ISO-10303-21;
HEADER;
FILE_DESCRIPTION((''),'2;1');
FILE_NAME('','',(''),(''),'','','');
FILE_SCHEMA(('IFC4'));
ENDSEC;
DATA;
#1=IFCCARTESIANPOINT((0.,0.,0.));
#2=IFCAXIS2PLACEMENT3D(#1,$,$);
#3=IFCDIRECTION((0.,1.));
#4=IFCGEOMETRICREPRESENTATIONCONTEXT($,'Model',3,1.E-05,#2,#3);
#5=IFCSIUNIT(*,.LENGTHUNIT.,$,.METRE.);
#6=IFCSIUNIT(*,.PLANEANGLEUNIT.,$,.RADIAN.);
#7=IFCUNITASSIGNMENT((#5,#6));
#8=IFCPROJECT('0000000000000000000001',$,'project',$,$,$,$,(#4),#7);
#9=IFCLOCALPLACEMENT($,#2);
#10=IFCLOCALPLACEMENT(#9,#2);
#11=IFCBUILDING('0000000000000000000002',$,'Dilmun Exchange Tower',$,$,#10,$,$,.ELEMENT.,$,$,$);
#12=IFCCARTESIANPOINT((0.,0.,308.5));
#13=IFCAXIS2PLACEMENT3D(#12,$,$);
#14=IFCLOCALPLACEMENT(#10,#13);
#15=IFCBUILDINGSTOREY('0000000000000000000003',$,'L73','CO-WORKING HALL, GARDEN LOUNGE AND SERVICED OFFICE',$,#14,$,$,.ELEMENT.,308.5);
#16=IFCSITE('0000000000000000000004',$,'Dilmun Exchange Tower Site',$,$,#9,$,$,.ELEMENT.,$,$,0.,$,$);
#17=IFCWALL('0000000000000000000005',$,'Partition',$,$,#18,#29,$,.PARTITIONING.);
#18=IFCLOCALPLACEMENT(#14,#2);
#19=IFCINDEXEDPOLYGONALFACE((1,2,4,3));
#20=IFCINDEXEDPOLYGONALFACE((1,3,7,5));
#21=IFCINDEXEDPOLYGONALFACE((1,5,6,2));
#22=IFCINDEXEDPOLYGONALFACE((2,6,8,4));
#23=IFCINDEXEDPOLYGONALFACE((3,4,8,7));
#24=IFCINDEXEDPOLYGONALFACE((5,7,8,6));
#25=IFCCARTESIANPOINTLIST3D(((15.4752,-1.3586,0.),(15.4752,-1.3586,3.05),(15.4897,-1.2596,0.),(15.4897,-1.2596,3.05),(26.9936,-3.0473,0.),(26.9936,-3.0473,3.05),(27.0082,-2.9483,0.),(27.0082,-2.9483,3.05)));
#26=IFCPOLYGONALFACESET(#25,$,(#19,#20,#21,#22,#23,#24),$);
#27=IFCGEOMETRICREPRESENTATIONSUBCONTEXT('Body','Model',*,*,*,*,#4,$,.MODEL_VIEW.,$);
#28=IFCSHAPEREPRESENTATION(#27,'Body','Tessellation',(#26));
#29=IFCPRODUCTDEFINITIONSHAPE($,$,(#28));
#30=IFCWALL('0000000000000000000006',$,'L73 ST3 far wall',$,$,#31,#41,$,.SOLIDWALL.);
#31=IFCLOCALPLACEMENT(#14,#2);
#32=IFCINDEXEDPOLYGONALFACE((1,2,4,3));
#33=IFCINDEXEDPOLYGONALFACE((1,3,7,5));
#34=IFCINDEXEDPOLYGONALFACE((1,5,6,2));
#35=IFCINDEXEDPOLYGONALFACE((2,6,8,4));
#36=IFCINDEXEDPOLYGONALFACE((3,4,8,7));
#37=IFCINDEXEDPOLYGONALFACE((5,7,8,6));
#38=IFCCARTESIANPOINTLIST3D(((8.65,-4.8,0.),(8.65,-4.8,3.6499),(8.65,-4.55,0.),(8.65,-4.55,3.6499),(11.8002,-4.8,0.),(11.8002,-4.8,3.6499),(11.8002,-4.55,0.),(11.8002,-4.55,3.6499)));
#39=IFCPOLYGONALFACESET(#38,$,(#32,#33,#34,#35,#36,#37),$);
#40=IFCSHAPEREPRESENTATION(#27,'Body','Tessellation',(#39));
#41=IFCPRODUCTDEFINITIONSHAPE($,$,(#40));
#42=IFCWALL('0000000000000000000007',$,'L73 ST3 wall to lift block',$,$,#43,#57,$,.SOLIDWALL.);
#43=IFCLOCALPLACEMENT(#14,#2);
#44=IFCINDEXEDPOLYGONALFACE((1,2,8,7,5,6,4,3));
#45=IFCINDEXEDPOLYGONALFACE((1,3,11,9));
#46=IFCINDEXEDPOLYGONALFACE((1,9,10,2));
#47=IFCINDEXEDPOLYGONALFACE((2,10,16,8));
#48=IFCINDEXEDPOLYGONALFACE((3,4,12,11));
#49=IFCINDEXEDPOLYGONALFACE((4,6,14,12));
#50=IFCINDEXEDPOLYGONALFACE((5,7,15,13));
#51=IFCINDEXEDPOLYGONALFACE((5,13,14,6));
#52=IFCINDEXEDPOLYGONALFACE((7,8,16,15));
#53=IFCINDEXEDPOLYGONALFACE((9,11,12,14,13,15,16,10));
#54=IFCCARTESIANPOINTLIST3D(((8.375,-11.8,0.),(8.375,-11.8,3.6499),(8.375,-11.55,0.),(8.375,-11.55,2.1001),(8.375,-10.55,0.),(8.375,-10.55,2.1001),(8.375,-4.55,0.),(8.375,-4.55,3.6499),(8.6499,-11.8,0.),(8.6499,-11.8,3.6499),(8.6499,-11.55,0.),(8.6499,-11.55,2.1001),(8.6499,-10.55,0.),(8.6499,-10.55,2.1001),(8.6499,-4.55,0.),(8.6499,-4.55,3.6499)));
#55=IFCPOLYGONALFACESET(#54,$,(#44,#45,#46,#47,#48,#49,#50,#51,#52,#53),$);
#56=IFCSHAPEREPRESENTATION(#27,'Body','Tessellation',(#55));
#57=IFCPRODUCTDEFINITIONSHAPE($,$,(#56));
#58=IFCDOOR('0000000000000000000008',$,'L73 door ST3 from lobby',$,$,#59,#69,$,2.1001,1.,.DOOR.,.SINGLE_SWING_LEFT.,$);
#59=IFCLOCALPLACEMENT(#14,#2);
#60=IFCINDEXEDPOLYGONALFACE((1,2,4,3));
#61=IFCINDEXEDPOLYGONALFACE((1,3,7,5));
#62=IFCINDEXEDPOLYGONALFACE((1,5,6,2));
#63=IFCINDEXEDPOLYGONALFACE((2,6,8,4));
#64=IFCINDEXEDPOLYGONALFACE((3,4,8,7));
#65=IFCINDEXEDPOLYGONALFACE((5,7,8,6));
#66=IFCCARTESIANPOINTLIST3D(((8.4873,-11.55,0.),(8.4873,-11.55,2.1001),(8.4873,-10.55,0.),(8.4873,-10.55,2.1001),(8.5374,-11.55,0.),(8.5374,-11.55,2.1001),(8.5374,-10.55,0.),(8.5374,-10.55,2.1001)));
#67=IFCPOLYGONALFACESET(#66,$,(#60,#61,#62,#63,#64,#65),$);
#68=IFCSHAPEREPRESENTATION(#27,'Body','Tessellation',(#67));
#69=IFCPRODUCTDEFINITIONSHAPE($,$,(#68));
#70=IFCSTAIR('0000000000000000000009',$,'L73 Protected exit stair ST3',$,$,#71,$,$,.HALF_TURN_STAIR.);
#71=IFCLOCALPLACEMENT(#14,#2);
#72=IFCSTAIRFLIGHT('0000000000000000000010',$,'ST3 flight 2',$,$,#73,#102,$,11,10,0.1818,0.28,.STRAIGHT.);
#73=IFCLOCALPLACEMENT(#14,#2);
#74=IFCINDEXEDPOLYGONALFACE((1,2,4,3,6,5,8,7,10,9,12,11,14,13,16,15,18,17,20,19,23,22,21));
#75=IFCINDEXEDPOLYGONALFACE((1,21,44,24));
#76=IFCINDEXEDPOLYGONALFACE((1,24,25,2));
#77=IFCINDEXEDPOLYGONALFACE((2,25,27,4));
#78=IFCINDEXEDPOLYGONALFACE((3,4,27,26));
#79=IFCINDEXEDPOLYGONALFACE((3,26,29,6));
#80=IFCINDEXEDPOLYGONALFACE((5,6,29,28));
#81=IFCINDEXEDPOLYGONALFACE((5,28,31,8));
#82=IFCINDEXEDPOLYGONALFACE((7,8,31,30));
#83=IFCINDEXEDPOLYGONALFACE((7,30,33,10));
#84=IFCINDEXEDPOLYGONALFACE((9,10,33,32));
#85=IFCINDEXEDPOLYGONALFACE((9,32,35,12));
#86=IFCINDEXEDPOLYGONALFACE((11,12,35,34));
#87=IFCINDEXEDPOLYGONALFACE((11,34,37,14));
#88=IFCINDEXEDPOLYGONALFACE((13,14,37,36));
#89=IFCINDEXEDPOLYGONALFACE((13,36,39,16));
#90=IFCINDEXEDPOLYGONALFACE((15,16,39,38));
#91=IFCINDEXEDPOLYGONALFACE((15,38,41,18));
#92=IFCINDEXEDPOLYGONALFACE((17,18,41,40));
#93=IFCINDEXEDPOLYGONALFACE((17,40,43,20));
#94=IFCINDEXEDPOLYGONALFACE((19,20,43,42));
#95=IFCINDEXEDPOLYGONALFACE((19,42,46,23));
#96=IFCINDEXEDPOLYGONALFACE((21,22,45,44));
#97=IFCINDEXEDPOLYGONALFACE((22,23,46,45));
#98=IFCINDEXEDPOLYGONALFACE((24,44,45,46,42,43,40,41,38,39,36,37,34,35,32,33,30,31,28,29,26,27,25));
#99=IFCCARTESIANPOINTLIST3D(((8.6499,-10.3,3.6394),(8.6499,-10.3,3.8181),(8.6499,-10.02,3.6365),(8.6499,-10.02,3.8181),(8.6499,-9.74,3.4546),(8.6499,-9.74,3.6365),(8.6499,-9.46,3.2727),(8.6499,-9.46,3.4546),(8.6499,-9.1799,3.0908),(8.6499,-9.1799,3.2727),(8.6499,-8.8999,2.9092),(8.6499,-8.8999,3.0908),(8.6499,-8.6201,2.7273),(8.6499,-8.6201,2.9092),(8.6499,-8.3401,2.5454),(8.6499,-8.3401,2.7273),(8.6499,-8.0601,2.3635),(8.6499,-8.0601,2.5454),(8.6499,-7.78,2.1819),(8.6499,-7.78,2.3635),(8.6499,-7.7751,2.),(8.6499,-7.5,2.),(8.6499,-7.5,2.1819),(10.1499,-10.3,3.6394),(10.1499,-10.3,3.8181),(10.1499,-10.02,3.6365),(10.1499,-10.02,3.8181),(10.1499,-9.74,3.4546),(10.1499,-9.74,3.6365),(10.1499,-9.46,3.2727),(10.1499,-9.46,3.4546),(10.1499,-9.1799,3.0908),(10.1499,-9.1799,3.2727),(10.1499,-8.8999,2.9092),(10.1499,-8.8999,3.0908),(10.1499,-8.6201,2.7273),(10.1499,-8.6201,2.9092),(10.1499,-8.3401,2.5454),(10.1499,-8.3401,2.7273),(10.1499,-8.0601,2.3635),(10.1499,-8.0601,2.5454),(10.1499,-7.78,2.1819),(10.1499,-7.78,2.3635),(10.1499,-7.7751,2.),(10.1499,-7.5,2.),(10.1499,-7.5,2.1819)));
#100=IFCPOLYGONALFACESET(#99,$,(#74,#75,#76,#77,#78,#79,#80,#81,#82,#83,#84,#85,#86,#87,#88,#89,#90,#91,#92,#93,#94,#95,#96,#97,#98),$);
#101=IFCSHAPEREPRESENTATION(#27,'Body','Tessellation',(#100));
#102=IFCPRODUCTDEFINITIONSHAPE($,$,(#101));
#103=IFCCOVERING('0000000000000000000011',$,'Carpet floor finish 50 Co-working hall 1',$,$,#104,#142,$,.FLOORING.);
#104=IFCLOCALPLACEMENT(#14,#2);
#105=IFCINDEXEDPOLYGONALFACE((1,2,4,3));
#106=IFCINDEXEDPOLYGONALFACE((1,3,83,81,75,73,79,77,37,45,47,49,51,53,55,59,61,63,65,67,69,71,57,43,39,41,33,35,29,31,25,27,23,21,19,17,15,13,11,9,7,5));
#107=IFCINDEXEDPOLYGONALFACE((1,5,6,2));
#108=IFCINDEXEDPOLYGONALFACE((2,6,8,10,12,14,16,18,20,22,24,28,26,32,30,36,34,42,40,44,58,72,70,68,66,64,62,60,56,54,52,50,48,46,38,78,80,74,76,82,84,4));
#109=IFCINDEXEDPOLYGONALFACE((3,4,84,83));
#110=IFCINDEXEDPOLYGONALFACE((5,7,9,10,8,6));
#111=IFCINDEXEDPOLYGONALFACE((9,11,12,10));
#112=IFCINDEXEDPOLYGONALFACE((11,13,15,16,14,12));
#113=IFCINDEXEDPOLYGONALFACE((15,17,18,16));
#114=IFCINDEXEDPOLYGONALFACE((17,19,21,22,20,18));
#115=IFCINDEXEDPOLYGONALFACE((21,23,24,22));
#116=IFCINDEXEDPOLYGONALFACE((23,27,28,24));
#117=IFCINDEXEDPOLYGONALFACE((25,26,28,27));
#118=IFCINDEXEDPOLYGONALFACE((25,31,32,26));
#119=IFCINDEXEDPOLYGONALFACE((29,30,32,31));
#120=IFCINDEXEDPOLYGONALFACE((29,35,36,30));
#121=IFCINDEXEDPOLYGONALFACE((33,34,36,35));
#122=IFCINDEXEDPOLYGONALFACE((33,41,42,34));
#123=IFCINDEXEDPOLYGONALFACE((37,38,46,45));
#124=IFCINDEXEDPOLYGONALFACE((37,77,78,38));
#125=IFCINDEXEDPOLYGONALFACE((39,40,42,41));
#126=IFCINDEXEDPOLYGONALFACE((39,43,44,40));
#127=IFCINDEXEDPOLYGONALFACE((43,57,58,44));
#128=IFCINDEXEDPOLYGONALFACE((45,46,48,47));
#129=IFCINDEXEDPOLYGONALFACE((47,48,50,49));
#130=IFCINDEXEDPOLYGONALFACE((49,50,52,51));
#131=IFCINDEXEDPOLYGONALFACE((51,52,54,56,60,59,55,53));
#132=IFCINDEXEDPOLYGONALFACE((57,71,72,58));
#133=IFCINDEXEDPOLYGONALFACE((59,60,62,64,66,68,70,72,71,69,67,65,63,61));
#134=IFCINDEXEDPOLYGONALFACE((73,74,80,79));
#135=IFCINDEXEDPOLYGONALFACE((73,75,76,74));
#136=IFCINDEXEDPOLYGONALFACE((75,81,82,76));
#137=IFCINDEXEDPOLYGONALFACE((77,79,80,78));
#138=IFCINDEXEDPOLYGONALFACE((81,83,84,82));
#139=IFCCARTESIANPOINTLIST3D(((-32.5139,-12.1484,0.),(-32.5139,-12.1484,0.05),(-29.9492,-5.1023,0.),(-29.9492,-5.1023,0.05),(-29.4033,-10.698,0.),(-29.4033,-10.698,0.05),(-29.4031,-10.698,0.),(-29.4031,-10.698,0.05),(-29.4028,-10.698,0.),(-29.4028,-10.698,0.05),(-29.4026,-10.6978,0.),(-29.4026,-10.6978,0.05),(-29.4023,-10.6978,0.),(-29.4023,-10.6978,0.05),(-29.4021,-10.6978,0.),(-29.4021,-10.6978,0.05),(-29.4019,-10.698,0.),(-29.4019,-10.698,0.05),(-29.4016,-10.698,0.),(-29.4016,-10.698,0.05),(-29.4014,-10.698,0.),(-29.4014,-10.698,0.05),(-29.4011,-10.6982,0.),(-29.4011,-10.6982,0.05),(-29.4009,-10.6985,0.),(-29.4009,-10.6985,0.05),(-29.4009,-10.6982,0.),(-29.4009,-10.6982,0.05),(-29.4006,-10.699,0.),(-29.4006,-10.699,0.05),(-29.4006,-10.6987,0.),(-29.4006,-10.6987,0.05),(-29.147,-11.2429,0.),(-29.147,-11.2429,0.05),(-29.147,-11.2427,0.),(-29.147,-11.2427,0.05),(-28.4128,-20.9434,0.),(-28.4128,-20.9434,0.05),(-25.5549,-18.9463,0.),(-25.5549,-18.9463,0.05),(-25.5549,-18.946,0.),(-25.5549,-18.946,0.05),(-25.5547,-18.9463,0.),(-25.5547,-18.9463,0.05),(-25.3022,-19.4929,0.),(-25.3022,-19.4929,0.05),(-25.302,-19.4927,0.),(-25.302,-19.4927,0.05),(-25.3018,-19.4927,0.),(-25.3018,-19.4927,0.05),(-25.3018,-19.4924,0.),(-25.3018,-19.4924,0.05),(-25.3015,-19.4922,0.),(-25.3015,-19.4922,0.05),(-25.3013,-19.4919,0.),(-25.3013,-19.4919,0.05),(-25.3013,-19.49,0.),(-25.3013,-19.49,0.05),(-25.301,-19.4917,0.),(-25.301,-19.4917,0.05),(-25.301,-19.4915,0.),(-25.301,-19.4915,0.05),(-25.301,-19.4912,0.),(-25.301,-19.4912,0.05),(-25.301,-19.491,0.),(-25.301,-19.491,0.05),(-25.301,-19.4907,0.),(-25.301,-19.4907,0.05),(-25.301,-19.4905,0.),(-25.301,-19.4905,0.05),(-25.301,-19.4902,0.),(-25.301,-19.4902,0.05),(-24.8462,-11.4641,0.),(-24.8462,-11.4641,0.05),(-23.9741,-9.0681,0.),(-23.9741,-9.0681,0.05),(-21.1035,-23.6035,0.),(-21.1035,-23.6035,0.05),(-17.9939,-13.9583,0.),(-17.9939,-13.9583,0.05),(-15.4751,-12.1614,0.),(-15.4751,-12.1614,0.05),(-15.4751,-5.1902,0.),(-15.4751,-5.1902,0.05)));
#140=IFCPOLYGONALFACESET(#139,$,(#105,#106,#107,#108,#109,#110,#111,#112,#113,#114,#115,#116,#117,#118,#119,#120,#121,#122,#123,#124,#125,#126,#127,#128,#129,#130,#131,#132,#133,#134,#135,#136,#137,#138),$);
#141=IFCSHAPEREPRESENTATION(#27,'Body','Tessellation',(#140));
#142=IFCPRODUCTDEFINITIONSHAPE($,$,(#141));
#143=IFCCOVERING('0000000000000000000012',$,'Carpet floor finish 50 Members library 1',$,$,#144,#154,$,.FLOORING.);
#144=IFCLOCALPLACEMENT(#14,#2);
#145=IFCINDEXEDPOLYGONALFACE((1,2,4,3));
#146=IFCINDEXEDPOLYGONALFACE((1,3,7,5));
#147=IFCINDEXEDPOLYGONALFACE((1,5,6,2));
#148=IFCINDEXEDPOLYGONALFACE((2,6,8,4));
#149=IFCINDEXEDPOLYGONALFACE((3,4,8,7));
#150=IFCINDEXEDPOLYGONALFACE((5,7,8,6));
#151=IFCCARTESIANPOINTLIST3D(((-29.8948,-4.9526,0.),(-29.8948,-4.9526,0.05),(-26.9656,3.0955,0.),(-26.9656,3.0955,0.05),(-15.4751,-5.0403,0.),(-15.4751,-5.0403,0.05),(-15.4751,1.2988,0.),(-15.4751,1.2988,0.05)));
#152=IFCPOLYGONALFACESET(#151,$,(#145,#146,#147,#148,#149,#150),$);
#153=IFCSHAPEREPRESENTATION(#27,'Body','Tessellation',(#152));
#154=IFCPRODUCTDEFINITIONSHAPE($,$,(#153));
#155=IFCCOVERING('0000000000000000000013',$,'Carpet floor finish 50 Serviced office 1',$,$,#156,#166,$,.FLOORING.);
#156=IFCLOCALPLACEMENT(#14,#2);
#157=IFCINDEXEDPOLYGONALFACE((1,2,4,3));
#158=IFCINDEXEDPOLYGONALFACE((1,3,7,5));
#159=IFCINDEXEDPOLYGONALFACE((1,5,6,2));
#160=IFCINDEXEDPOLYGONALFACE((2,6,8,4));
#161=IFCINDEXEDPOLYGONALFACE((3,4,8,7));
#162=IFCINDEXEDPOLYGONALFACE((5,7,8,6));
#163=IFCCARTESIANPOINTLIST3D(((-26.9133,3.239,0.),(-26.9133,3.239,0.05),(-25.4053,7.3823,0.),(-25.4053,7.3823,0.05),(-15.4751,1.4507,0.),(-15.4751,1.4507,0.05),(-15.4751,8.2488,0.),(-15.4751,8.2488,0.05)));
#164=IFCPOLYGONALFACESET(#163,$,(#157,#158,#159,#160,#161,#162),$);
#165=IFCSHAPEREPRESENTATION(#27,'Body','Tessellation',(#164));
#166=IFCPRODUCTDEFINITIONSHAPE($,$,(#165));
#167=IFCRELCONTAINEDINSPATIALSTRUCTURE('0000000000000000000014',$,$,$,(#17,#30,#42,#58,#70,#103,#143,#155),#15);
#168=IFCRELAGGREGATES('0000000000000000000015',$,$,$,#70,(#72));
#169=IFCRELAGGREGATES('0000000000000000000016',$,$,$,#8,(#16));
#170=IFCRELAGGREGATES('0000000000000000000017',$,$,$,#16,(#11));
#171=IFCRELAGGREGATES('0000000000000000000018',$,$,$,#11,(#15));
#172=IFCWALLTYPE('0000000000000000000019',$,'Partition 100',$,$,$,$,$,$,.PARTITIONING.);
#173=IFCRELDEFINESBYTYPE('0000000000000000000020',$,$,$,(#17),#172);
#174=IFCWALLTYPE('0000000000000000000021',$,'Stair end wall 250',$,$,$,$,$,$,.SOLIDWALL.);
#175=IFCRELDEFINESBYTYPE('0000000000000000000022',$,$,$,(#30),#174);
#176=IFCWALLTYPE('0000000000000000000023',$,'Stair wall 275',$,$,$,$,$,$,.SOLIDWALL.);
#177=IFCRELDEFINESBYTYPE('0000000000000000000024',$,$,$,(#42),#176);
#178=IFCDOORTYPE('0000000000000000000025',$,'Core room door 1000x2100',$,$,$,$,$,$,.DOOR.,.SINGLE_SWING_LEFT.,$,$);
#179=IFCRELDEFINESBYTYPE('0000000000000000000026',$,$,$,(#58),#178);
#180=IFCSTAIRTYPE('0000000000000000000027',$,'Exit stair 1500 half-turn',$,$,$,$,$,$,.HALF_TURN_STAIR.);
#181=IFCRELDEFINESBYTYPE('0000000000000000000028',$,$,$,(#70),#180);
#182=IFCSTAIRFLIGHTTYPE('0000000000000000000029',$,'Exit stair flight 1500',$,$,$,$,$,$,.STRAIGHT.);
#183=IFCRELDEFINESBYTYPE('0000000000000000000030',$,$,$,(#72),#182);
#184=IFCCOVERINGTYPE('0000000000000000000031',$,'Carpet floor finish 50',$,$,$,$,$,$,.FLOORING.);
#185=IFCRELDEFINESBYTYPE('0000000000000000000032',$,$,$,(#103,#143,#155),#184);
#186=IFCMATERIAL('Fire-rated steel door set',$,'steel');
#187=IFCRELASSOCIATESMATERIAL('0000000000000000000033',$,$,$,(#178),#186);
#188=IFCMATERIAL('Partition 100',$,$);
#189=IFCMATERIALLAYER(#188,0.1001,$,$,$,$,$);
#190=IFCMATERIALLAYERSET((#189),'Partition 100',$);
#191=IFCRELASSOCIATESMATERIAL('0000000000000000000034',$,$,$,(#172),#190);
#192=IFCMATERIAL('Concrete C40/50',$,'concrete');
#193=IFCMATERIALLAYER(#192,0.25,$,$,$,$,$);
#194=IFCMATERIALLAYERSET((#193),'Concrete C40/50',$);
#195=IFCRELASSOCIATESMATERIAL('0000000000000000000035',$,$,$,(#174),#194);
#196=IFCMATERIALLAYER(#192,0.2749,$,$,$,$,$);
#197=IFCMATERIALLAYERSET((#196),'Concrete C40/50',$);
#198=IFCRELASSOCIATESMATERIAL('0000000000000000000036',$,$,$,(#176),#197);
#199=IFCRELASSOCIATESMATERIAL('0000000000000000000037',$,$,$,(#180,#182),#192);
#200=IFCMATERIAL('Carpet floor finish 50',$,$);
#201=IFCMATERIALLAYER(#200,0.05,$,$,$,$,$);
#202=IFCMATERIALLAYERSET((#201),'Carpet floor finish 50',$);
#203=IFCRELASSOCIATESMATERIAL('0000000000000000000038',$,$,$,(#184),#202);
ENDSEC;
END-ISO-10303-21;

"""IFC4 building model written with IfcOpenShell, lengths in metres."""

from ifc_helpers import new_model, si_unit, direction, frame, frame_2d, origin, place, context, subcontext, project, spatial, polyline, rectangle, outline, extrude, material, layer, layer_set, type_object, element, fill, aggregate, save


model = new_model("IFC4")

# Units and contexts
model_context = context("Model", 3, precision=1e-05, world=origin(), true_north=direction((0.0, 1.0)))
body_context = subcontext(model_context, "Body", "Model", "MODEL_VIEW")
ifc_project = project(units=[si_unit("LENGTHUNIT", "METRE"), si_unit("PLANEANGLEUNIT", "RADIAN")], contexts=[model_context])

# Site, building, storey
site_placement = place(None, origin())
site = spatial("IfcSite", under=ifc_project, at=site_placement, Name="Dilmun Exchange Tower Site", CompositionType="ELEMENT", RefElevation=0.0)
building_placement = place(site_placement, origin())
building = spatial("IfcBuilding", under=site, at=building_placement, Name="Dilmun Exchange Tower", CompositionType="ELEMENT")
storey_placement = place(building_placement, frame((0.0, 0.0, 308.5)))
storey = spatial("IfcBuildingStorey", under=building, at=storey_placement, Name="L73", Description="CO-WORKING HALL, GARDEN LOUNGE AND SERVICED OFFICE", CompositionType="ELEMENT", Elevation=308.5)

# Shared definitions
ifc_material_1 = material(Name="Concrete C40/50", Category="concrete")

# Shared definitions
ifc_material_2 = material(Name="Fire-rated steel door set", Category="steel")

# Shared definitions
door_type_1 = type_object("IfcDoorType", Name="Core room door 1000x2100", OperationType="SINGLE_SWING_LEFT", PredefinedType="DOOR", material=ifc_material_2)

# Walls
ifc_material_3 = material(Name="Partition 100")
ifc_layer_1 = layer(ifc_material_3, 0.1001)
ifc_layer_set_1 = layer_set([ifc_layer_1], Name="Partition 100")
wall_type_1 = type_object("IfcWallType", Name="Partition 100", PredefinedType="PARTITIONING", material=ifc_layer_set_1)
wall_1_placement = place(storey_placement, frame((15.4824, -1.3091, 0.0), z_axis=(0.0, 0.0, 1.0), x_axis=(0.989423, -0.145058, 0.0)))
element("IfcWall", 1, at=wall_1_placement, inside=storey, type_object=wall_type_1, Name="Partition", PredefinedType="PARTITIONING", context=body_context, shape_type="SweptSolid", body=[
    extrude(rectangle(XDim=11.6416, YDim=0.1001, at=frame_2d((5.8208, 0.0))), origin(), (0.0, 0.0, 1.0), 3.05),
])
ifc_layer_2 = layer(ifc_material_1, 0.25)
ifc_layer_set_2 = layer_set([ifc_layer_2], Name="Concrete C40/50")
wall_type_2 = type_object("IfcWallType", Name="Stair end wall 250", PredefinedType="SOLIDWALL", material=ifc_layer_set_2)
wall_2_placement = place(storey_placement, frame((8.6499, -4.675, 0.0), z_axis=(0.0, 0.0, 1.0), x_axis=(1.0, 0.0, 0.0)))
element("IfcWall", 2, at=wall_2_placement, inside=storey, type_object=wall_type_2, Name="L73 ST3 far wall", PredefinedType="SOLIDWALL", context=body_context, shape_type="SweptSolid", body=[
    extrude(rectangle(XDim=3.1501, YDim=0.25, at=frame_2d((1.5752, 0.0))), origin(), (0.0, 0.0, 1.0), 3.6499),
])

# Wall, opening, door
ifc_layer_3 = layer(ifc_material_1, 0.2749)
ifc_layer_set_3 = layer_set([ifc_layer_3], Name="Concrete C40/50")
wall_type_3 = type_object("IfcWallType", Name="Stair wall 275", PredefinedType="SOLIDWALL", material=ifc_layer_set_3)
wall_3_placement = place(storey_placement, frame((8.5125, -4.55, 0.0), z_axis=(0.0, 0.0, 1.0), x_axis=(0.0, -1.0, 0.0)))
wall_3 = element("IfcWall", 3, at=wall_3_placement, inside=storey, type_object=wall_type_3, Name="L73 ST3 wall to lift block", PredefinedType="SOLIDWALL", context=body_context, shape_type="SweptSolid", body=[
    extrude(rectangle(XDim=7.25, YDim=0.2749, at=frame_2d((3.625, 0.0))), origin(), (0.0, 0.0, 1.0), 3.6499),
])
opening_1_placement = place(wall_3_placement, frame((6.0, 0.0, 0.0)))
opening_1 = element("IfcOpeningElement", 4, at=opening_1_placement, cuts=wall_3, PredefinedType="OPENING", context=body_context, shape_type="SweptSolid", body=[
    extrude(rectangle(XDim=1.0, YDim=2.1001, at=frame_2d((0.5, 1.05))), frame((0.0, 0.1475, 0.0), z_axis=(0.0, -1.0, 0.0), x_axis=(1.0, 0.0, 0.0)), (0.0, 0.0, 1.0), 0.2949),
])
door_1_placement = place(opening_1_placement, origin())
door_1 = element("IfcDoor", 5, at=door_1_placement, inside=storey, type_object=door_type_1, Name="L73 door ST3 from lobby", OperationType="SINGLE_SWING_LEFT", OverallHeight=2.1001, OverallWidth=1.0, PredefinedType="DOOR", context=body_context, shape_type="SweptSolid", body=[
    extrude(rectangle(XDim=1.0, YDim=2.1001, at=frame_2d((0.5, 1.05))), frame((0.0, 0.0249, 0.0), z_axis=(0.0, -1.0, 0.0), x_axis=(1.0, 0.0, 0.0)), (0.0, 0.0, 1.0), 0.05),
])
fill(opening_1, door_1)

# Stair, stair flight
stair_type = type_object("IfcStairType", Name="Exit stair 1500 half-turn", PredefinedType="HALF_TURN_STAIR", material=ifc_material_1)
stair_placement = place(storey_placement, origin())
stair = element("IfcStair", 6, at=stair_placement, inside=storey, type_object=stair_type, Name="L73 Protected exit stair ST3", PredefinedType="HALF_TURN_STAIR")
stair_flight_type = type_object("IfcStairFlightType", Name="Exit stair flight 1500", PredefinedType="STRAIGHT", material=ifc_material_1)
stair_flight_placement = place(storey_placement, frame((9.3999, -7.5, 2.0), z_axis=(0.0, 0.0, 1.0), x_axis=(0.0, -1.0, 0.0)))
stair_flight = element("IfcStairFlight", 7, at=stair_flight_placement, type_object=stair_flight_type, Name="ST3 flight 2", NumberOfRisers=11, NumberOfTreads=10, PredefinedType="STRAIGHT", RiserHeight=0.1818, TreadLength=0.28, context=body_context, shape_type="SweptSolid", body=[
    extrude(outline(polyline([(0.0, 0.0), (0.0, 0.1819), (0.28, 0.1819), (0.28, 0.3635), (0.5601, 0.3635), (0.5601, 0.5454), (0.8401, 0.5454), (0.8401, 0.7273), (1.1201, 0.7273), (1.1201, 0.9092), (1.3999, 0.9092), (1.3999, 1.0908), (1.6799, 1.0908), (1.6799, 1.2727), (1.96, 1.2727), (1.96, 1.4546), (2.24, 1.4546), (2.24, 1.6365), (2.52, 1.6365), (2.52, 1.8181), (2.8, 1.8181), (2.8, 2.0), (2.8, 1.6394), (0.2751, 0.0), (0.0, 0.0)])), frame((0.0, 0.75, 0.0), z_axis=(0.0, -1.0, 0.0), x_axis=(1.0, 0.0, 0.0)), (0.0, 0.0, 1.0), 1.5),
])
aggregate(stair, [stair_flight])

# Coverings
ifc_material_4 = material(Name="Carpet floor finish 50")
ifc_layer_4 = layer(ifc_material_4, 0.05)
ifc_layer_set_4 = layer_set([ifc_layer_4], Name="Carpet floor finish 50")
covering_type_1 = type_object("IfcCoveringType", Name="Carpet floor finish 50", PredefinedType="FLOORING", material=ifc_layer_set_4)
covering_1_placement = place(storey_placement, origin())
element("IfcCovering", 8, at=covering_1_placement, inside=storey, type_object=covering_type_1, Name="Carpet floor finish 50 Co-working hall 1", PredefinedType="FLOORING", context=body_context, shape_type="SweptSolid", body=[
    extrude(outline(polyline([(-15.4751, -5.1902), (-15.4751, -12.1614), (-23.9741, -9.0681), (-24.8462, -11.4641), (-17.9939, -13.9583), (-21.1035, -23.6035), (-28.4128, -20.9434), (-25.3022, -19.4929), (-25.302, -19.4927), (-25.3018, -19.4927), (-25.3018, -19.4924), (-25.3015, -19.4922), (-25.3015, -19.4922), (-25.3013, -19.4919), (-25.3013, -19.4919), (-25.301, -19.4917), (-25.301, -19.4915), (-25.301, -19.4912), (-25.301, -19.4912), (-25.301, -19.491), (-25.301, -19.4907), (-25.301, -19.4905), (-25.301, -19.4902), (-25.3013, -19.49), (-25.5547, -18.9463), (-25.5549, -18.9463), (-25.5549, -18.946), (-29.147, -11.2429), (-29.147, -11.2427), (-29.4006, -10.699), (-29.4006, -10.6987), (-29.4009, -10.6985), (-29.4009, -10.6985), (-29.4009, -10.6982), (-29.4011, -10.6982), (-29.4014, -10.698), (-29.4016, -10.698), (-29.4016, -10.698), (-29.4019, -10.698), (-29.4021, -10.6978), (-29.4023, -10.6978), (-29.4026, -10.6978), (-29.4026, -10.6978), (-29.4028, -10.698), (-29.4031, -10.698), (-29.4033, -10.698), (-32.5139, -12.1484), (-29.9492, -5.1023), (-15.4751, -5.1902)])), origin(), (0.0, 0.0, 1.0), 0.05),
])
covering_2_placement = place(storey_placement, origin())
element("IfcCovering", 9, at=covering_2_placement, inside=storey, type_object=covering_type_1, Name="Carpet floor finish 50 Members library 1", PredefinedType="FLOORING", context=body_context, shape_type="SweptSolid", body=[
    extrude(outline(polyline([(-15.4751, -5.0403), (-29.8948, -4.9526), (-26.9656, 3.0955), (-15.4751, 1.2988), (-15.4751, -5.0403)])), origin(), (0.0, 0.0, 1.0), 0.05),
])
covering_3_placement = place(storey_placement, origin())
element("IfcCovering", 10, at=covering_3_placement, inside=storey, type_object=covering_type_1, Name="Carpet floor finish 50 Serviced office 1", PredefinedType="FLOORING", context=body_context, shape_type="SweptSolid", body=[
    extrude(outline(polyline([(-15.4751, 8.2488), (-15.4751, 1.4507), (-26.9133, 3.239), (-25.4053, 7.3823), (-15.4751, 8.2488)])), origin(), (0.0, 0.0, 1.0), 0.05),
])

save(model, "model.ifc")
